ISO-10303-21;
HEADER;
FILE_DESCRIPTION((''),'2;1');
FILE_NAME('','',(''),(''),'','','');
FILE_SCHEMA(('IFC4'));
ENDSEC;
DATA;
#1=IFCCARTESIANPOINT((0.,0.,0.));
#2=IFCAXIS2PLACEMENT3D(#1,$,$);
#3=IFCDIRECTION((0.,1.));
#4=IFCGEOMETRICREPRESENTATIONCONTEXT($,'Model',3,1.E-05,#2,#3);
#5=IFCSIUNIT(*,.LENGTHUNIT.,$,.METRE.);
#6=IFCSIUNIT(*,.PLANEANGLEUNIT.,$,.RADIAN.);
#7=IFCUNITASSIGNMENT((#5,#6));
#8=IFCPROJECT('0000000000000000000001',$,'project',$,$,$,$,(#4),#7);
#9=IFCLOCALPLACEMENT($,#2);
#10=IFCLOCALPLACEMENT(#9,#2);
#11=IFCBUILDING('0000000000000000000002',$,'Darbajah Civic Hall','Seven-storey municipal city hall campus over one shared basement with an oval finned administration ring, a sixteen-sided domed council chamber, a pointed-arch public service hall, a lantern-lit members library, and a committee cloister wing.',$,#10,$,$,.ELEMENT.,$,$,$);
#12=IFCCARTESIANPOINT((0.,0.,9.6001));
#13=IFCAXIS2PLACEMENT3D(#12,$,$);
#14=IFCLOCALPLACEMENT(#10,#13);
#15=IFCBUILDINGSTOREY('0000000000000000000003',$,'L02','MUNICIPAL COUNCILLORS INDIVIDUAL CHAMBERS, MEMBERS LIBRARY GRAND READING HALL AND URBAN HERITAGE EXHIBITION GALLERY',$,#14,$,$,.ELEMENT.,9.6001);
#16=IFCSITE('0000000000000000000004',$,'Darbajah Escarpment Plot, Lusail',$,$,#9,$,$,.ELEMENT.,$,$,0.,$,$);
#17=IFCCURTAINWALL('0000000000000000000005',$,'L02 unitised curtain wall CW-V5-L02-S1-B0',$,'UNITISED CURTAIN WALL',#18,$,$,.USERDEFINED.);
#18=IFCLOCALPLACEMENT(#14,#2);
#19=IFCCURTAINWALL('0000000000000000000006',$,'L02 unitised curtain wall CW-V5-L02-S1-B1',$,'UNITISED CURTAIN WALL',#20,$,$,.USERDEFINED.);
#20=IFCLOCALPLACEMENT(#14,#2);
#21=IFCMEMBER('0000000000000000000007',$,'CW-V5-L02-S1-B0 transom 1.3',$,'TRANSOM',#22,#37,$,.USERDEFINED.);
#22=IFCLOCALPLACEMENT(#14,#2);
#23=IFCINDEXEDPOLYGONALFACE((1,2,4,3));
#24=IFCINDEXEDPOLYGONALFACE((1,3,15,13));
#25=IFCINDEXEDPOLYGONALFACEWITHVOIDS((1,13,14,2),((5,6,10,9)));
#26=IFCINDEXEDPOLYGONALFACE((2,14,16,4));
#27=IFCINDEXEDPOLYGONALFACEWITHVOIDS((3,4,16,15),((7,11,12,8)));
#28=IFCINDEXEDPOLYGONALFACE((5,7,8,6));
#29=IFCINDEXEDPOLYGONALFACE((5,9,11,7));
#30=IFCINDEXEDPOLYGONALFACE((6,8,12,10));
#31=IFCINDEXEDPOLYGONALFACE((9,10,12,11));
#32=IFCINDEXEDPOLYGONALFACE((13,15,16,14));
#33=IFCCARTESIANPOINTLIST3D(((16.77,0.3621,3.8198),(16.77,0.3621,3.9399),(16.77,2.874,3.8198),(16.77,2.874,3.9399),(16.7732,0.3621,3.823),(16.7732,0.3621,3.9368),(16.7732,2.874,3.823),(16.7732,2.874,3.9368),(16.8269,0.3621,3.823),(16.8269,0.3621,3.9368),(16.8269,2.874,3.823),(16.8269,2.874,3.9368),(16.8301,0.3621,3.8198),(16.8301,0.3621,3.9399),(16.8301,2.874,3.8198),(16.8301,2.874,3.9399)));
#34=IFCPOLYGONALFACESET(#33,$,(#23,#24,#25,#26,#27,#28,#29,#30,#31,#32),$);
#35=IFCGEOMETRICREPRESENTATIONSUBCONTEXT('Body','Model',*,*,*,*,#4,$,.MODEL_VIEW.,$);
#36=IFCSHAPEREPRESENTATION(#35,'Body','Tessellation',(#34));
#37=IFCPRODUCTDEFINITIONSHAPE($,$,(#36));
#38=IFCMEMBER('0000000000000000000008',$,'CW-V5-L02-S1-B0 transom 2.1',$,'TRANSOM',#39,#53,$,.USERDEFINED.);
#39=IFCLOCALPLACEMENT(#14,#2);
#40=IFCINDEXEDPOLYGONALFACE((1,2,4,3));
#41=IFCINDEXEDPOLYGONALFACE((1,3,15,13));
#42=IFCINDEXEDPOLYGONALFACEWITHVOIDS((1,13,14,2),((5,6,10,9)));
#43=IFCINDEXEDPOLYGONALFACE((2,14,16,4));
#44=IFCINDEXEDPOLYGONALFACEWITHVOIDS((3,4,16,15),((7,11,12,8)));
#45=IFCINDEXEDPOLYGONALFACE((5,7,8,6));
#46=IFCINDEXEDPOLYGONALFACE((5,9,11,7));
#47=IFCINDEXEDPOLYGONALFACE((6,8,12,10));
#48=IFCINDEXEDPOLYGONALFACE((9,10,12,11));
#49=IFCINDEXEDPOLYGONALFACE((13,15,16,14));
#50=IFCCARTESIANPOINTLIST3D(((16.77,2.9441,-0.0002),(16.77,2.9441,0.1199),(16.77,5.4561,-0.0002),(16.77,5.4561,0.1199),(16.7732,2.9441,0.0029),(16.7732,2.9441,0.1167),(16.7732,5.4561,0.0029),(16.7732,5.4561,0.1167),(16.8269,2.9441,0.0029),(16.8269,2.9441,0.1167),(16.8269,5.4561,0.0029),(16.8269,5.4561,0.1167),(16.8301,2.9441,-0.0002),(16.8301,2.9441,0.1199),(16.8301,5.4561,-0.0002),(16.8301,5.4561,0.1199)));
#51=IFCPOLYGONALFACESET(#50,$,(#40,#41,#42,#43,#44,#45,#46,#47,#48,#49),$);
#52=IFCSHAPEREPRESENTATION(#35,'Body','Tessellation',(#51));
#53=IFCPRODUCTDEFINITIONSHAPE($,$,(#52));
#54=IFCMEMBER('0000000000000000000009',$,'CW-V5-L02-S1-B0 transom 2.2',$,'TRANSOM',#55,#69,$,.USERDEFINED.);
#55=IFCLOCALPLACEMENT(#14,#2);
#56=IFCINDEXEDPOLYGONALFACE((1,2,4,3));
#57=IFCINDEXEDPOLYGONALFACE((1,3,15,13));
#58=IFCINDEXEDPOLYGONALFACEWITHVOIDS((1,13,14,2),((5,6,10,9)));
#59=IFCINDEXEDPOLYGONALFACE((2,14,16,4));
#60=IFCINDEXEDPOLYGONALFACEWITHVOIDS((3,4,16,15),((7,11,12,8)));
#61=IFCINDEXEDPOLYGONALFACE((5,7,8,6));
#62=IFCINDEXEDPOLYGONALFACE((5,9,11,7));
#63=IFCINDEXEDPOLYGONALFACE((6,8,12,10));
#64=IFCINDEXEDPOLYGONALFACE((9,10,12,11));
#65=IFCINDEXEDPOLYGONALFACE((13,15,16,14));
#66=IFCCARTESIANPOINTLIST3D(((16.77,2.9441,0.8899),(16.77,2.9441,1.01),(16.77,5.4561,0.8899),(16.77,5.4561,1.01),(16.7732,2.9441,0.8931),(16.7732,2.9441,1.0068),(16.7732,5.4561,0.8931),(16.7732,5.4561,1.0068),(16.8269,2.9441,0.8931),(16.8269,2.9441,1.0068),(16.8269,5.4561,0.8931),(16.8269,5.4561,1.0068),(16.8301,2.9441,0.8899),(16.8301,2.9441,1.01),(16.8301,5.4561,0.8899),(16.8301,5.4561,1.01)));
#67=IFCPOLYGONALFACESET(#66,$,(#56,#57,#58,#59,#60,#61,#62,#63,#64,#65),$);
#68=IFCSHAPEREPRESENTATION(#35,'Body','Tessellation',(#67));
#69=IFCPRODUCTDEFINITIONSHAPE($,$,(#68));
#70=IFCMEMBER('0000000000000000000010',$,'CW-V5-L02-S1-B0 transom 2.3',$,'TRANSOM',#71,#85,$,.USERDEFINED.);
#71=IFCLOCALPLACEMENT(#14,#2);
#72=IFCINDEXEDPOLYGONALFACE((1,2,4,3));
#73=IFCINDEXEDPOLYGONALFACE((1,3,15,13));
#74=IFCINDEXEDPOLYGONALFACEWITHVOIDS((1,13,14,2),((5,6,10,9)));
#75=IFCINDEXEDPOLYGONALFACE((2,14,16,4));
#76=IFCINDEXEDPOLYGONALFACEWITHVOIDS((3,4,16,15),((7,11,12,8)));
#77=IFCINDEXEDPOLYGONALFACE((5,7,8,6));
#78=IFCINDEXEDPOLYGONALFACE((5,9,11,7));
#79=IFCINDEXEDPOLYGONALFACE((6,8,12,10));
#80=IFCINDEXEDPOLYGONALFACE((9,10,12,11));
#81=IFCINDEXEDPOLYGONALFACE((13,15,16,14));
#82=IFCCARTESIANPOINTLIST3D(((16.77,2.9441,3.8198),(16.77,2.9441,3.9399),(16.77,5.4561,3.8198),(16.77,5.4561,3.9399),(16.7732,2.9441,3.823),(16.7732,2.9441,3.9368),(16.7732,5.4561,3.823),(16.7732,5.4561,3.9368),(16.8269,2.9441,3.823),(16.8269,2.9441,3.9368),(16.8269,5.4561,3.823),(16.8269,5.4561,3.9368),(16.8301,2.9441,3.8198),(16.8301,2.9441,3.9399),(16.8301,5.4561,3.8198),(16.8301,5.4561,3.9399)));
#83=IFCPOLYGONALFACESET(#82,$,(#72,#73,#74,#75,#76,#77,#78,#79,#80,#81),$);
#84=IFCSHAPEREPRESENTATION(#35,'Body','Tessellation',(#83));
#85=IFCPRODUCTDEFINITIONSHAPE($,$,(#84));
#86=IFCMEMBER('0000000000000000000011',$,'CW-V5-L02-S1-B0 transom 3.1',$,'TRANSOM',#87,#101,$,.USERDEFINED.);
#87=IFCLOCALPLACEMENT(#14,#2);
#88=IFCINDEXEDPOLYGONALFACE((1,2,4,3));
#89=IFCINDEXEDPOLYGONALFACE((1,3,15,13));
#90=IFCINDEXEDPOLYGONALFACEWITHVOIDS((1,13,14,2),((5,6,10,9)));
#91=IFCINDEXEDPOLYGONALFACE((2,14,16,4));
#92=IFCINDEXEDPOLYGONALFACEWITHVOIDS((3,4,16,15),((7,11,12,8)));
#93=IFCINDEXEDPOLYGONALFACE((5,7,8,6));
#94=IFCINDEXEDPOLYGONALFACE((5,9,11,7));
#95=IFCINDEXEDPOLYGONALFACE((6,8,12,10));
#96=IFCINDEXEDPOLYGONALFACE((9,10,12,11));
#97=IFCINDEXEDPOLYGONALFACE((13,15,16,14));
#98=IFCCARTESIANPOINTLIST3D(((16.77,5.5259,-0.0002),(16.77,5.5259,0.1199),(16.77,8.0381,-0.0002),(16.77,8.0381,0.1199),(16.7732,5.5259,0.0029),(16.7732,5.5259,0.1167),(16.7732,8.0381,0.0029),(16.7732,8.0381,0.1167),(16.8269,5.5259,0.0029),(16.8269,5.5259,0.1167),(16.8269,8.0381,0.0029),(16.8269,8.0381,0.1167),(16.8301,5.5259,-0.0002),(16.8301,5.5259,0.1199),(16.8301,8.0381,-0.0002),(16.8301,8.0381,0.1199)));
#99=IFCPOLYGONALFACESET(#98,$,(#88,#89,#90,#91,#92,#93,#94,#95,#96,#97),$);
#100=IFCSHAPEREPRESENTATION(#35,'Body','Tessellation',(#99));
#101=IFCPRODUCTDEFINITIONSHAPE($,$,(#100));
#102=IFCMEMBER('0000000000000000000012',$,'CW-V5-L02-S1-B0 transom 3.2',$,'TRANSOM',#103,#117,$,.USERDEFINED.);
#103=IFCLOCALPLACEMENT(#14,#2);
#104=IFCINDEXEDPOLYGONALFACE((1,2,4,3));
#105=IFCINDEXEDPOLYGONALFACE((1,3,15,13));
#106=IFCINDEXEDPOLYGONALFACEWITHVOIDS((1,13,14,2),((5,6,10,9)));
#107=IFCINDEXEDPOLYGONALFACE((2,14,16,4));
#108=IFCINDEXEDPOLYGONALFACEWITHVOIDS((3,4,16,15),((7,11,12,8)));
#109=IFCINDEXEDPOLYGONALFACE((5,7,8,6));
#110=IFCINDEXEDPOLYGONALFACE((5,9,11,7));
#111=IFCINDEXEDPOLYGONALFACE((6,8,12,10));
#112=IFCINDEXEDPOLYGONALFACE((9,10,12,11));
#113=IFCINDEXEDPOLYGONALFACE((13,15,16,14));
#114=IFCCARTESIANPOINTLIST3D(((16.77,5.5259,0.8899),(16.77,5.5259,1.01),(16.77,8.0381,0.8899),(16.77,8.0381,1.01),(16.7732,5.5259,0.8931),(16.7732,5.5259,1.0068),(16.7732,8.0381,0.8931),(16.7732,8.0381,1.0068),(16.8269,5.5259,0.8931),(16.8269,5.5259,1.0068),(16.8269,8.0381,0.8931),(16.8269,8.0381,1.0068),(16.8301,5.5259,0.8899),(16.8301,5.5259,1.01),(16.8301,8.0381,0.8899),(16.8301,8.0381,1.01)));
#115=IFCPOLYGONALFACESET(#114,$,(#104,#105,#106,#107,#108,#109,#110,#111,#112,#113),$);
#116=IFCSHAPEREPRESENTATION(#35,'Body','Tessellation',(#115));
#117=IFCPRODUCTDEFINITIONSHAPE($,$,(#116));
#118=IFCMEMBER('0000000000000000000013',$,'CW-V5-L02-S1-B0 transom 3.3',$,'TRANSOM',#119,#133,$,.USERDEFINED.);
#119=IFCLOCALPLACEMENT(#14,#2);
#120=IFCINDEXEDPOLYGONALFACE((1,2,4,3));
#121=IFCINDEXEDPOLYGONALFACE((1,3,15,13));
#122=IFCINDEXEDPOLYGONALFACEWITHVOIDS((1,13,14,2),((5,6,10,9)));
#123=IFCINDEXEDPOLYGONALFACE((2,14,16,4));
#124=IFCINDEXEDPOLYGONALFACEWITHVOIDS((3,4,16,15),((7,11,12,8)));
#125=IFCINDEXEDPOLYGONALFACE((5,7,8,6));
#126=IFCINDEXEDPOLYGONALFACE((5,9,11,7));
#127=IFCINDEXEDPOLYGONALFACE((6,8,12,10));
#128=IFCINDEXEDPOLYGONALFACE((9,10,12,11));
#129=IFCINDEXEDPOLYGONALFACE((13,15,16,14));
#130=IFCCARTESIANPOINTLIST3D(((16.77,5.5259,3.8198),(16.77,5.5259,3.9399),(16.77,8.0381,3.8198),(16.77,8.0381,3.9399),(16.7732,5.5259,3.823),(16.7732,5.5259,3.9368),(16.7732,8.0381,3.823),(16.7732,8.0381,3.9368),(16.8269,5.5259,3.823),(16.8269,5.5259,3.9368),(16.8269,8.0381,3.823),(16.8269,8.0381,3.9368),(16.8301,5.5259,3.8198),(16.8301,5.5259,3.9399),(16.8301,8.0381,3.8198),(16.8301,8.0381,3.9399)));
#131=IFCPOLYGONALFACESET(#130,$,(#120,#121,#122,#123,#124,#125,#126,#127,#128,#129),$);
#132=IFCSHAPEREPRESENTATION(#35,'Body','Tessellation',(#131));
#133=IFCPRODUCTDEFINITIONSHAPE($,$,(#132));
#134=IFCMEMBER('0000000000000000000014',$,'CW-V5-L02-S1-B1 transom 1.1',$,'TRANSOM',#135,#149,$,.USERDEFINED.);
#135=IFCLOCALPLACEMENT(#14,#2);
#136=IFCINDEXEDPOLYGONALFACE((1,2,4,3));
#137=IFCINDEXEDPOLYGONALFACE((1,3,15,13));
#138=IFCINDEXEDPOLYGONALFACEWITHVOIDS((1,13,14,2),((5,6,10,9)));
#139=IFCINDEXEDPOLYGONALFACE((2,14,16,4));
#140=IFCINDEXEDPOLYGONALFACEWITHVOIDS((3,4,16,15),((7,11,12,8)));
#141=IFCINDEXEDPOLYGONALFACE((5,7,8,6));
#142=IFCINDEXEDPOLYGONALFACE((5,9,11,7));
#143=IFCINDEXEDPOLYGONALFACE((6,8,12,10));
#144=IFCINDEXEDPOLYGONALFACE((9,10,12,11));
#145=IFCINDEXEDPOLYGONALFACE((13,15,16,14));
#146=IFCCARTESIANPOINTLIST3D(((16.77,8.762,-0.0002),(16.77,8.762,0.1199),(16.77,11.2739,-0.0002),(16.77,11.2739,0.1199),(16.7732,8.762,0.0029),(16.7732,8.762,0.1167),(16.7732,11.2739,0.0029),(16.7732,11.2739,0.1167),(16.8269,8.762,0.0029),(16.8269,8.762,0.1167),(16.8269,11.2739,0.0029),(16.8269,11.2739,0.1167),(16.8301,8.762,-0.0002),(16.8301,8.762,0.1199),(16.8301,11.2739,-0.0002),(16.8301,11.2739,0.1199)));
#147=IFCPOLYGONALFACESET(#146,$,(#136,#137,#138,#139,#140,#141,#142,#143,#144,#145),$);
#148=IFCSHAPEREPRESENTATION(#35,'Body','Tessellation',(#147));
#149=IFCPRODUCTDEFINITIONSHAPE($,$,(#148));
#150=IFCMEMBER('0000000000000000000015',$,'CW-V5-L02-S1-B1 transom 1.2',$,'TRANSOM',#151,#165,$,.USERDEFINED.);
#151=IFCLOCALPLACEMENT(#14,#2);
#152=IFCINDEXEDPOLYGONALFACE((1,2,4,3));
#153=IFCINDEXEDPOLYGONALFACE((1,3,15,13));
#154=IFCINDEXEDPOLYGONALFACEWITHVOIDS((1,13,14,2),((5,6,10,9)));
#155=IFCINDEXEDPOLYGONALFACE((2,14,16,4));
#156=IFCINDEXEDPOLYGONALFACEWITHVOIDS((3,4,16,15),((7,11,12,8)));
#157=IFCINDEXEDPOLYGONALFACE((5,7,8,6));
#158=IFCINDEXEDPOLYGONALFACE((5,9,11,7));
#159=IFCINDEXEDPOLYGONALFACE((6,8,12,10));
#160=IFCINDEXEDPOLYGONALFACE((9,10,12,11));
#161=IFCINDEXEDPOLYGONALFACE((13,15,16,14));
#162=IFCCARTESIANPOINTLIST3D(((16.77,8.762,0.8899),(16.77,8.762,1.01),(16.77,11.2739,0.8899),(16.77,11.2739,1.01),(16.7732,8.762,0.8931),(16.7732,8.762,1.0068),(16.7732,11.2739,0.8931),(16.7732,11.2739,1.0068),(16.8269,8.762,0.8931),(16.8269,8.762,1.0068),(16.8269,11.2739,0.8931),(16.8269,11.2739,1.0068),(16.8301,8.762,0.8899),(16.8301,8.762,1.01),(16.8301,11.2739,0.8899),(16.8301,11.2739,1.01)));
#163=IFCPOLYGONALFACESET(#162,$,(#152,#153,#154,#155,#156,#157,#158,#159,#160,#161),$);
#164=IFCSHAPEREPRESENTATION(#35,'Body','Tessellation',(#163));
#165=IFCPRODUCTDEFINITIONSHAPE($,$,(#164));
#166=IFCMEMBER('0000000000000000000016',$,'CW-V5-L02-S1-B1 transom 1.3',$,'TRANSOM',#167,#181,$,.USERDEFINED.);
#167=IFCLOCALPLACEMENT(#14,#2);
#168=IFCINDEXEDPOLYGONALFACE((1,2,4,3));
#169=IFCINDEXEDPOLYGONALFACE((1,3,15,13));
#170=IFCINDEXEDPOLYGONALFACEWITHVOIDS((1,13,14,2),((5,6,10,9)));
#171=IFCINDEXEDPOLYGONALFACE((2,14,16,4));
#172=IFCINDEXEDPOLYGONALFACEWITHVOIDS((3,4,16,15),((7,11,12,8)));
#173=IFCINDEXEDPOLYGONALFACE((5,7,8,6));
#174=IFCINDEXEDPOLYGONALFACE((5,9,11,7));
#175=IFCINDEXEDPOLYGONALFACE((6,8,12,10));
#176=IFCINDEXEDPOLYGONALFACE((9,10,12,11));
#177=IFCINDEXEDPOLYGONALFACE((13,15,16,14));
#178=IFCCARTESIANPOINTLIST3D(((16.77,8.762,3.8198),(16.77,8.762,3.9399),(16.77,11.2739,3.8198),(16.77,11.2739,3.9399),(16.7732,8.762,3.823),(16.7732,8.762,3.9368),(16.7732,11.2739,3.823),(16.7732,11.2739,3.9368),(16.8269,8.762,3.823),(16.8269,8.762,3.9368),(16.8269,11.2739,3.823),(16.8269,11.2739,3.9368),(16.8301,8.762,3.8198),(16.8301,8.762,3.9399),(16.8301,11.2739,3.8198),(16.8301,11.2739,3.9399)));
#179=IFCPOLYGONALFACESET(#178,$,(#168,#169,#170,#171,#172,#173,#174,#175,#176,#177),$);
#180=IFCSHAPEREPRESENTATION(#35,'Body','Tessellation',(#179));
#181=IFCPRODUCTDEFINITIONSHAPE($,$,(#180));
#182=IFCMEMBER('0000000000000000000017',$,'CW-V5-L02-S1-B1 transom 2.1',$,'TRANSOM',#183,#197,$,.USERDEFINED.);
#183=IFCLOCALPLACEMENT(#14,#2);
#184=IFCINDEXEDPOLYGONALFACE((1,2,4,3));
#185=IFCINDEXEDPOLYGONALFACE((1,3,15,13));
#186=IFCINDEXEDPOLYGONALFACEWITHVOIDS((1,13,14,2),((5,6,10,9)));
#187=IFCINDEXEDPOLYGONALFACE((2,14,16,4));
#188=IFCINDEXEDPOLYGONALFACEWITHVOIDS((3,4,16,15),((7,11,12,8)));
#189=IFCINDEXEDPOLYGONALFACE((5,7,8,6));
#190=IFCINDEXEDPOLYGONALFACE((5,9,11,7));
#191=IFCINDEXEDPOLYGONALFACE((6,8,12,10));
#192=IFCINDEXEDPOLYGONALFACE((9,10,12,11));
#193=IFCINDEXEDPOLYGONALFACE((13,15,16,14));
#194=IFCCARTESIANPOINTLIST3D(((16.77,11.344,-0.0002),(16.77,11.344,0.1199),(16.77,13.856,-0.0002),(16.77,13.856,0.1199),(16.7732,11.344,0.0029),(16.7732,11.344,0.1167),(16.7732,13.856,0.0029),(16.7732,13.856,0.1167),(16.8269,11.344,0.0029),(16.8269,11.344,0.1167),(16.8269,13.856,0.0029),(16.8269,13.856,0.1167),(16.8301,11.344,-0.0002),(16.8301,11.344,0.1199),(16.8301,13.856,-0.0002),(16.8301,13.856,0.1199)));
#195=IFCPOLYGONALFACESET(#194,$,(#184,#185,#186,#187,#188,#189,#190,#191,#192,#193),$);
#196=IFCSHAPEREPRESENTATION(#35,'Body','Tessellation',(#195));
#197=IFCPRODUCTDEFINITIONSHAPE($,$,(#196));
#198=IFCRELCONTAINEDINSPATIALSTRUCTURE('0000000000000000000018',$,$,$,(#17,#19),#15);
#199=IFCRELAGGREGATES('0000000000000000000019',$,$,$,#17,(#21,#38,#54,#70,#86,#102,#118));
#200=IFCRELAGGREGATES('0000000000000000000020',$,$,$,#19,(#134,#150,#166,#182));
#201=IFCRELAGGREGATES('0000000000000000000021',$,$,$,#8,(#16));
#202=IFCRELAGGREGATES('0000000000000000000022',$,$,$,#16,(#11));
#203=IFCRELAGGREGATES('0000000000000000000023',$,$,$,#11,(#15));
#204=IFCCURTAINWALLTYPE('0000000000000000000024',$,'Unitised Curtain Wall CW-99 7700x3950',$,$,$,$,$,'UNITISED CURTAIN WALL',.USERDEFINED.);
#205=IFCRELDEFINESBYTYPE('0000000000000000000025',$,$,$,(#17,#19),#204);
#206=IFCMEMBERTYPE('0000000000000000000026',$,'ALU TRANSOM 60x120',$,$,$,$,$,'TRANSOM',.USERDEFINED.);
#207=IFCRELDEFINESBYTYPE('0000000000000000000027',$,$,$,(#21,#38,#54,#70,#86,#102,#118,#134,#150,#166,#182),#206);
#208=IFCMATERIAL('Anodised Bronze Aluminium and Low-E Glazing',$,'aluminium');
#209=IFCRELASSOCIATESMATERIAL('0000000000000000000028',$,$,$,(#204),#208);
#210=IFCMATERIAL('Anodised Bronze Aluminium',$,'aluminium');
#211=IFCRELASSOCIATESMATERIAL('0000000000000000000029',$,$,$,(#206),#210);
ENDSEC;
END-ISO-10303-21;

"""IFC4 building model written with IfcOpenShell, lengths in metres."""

from ifc_helpers import new_model, si_unit, direction, frame, origin, origin_2d, place, context, subcontext, project, spatial, hollow_rectangle, extrude, material, material_profile, profile_set, type_object, element, aggregate, save


model = new_model("IFC4")

# Units and contexts
model_context = context("Model", 3, precision=1e-05, world=origin(), true_north=direction((0.0, 1.0)))
body_context = subcontext(model_context, "Body", "Model", "MODEL_VIEW")
ifc_project = project(units=[si_unit("LENGTHUNIT", "METRE"), si_unit("PLANEANGLEUNIT", "RADIAN")], contexts=[model_context])

# Site, building, storey
site_placement = place(None, origin())
site = spatial("IfcSite", under=ifc_project, at=site_placement, Name="Darbajah Escarpment Plot, Lusail", CompositionType="ELEMENT", RefElevation=0.0)
building_placement = place(site_placement, origin())
building = spatial("IfcBuilding", under=site, at=building_placement, Name="Darbajah Civic Hall", Description="Seven-storey municipal city hall campus over one shared basement with an oval finned administration ring, a sixteen-sided domed council chamber, a pointed-arch public service hall, a lantern-lit members library, and a committee cloister wing.", CompositionType="ELEMENT")
storey_placement = place(building_placement, frame((0.0, 0.0, 9.6001)))
storey = spatial("IfcBuildingStorey", under=building, at=storey_placement, Name="L02", Description="MUNICIPAL COUNCILLORS INDIVIDUAL CHAMBERS, MEMBERS LIBRARY GRAND READING HALL AND URBAN HERITAGE EXHIBITION GALLERY", CompositionType="ELEMENT", Elevation=9.6001)

# Curtain walls
ifc_material_1 = material(Name="Anodised Bronze Aluminium and Low-E Glazing", Category="aluminium")
curtain_wall_type = type_object("IfcCurtainWallType", Name="Unitised Curtain Wall CW-99 7700x3950", ElementType="UNITISED CURTAIN WALL", PredefinedType="USERDEFINED", material=ifc_material_1)
curtain_wall_1_placement = place(storey_placement, origin())
curtain_wall_1 = element("IfcCurtainWall", 1, at=curtain_wall_1_placement, inside=storey, type_object=curtain_wall_type, Name="L02 unitised curtain wall CW-V5-L02-S1-B0", ObjectType="UNITISED CURTAIN WALL", PredefinedType="USERDEFINED")
ifc_material_2 = material(Name="Anodised Bronze Aluminium", Category="aluminium")
curtain_wall_2_placement = place(storey_placement, origin())
curtain_wall_2 = element("IfcCurtainWall", 2, at=curtain_wall_2_placement, inside=storey, type_object=curtain_wall_type, Name="L02 unitised curtain wall CW-V5-L02-S1-B1", ObjectType="UNITISED CURTAIN WALL", PredefinedType="USERDEFINED")

# Members
ifc_material_profile_1 = material_profile(ifc_material_2, hollow_rectangle(XDim=0.0601, YDim=0.1201, WallThickness=0.0032, at=origin_2d()), Name="ALU TRANSOM 60x120")
ifc_profile_set_1 = profile_set([ifc_material_profile_1], Name="Anodised Bronze Aluminium")
member_type_1 = type_object("IfcMemberType", Name="ALU TRANSOM 60x120", ElementType="TRANSOM", PredefinedType="USERDEFINED", material=ifc_profile_set_1)
member_1_placement = place(storey_placement, frame((16.8, 0.3621, 3.8799), z_axis=(0.0, 1.0, 0.0), x_axis=(-1.0, 0.0, 0.0)))
member_1 = element("IfcMember", 3, at=member_1_placement, type_object=member_type_1, Name="CW-V5-L02-S1-B0 transom 1.3", ObjectType="TRANSOM", PredefinedType="USERDEFINED", context=body_context, shape_type="SweptSolid", body=[
    extrude(hollow_rectangle(XDim=0.0601, YDim=0.1201, WallThickness=0.0032, at=origin_2d()), origin(), (0.0, 0.0, 1.0), 2.512),
])
member_2_placement = place(storey_placement, frame((16.8, 2.9441, 0.0598), z_axis=(0.0, 1.0, 0.0), x_axis=(-1.0, 0.0, 0.0)))
member_2 = element("IfcMember", 4, at=member_2_placement, type_object=member_type_1, Name="CW-V5-L02-S1-B0 transom 2.1", ObjectType="TRANSOM", PredefinedType="USERDEFINED", context=body_context, shape_type="SweptSolid", body=[
    extrude(hollow_rectangle(XDim=0.0601, YDim=0.1201, WallThickness=0.0032, at=origin_2d()), origin(), (0.0, 0.0, 1.0), 2.512),
])
member_3_placement = place(storey_placement, frame((16.8, 2.9441, 0.95), z_axis=(0.0, 1.0, 0.0), x_axis=(-1.0, 0.0, 0.0)))
member_3 = element("IfcMember", 5, at=member_3_placement, type_object=member_type_1, Name="CW-V5-L02-S1-B0 transom 2.2", ObjectType="TRANSOM", PredefinedType="USERDEFINED", context=body_context, shape_type="SweptSolid", body=[
    extrude(hollow_rectangle(XDim=0.0601, YDim=0.1201, WallThickness=0.0032, at=origin_2d()), origin(), (0.0, 0.0, 1.0), 2.512),
])
member_4_placement = place(storey_placement, frame((16.8, 2.9441, 3.8799), z_axis=(0.0, 1.0, 0.0), x_axis=(-1.0, 0.0, 0.0)))
member_4 = element("IfcMember", 6, at=member_4_placement, type_object=member_type_1, Name="CW-V5-L02-S1-B0 transom 2.3", ObjectType="TRANSOM", PredefinedType="USERDEFINED", context=body_context, shape_type="SweptSolid", body=[
    extrude(hollow_rectangle(XDim=0.0601, YDim=0.1201, WallThickness=0.0032, at=origin_2d()), origin(), (0.0, 0.0, 1.0), 2.512),
])
member_5_placement = place(storey_placement, frame((16.8, 5.5259, 0.0598), z_axis=(0.0, 1.0, 0.0), x_axis=(-1.0, 0.0, 0.0)))
member_5 = element("IfcMember", 7, at=member_5_placement, type_object=member_type_1, Name="CW-V5-L02-S1-B0 transom 3.1", ObjectType="TRANSOM", PredefinedType="USERDEFINED", context=body_context, shape_type="SweptSolid", body=[
    extrude(hollow_rectangle(XDim=0.0601, YDim=0.1201, WallThickness=0.0032, at=origin_2d()), origin(), (0.0, 0.0, 1.0), 2.5122),
])
member_6_placement = place(storey_placement, frame((16.8, 5.5259, 0.95), z_axis=(0.0, 1.0, 0.0), x_axis=(-1.0, 0.0, 0.0)))
member_6 = element("IfcMember", 8, at=member_6_placement, type_object=member_type_1, Name="CW-V5-L02-S1-B0 transom 3.2", ObjectType="TRANSOM", PredefinedType="USERDEFINED", context=body_context, shape_type="SweptSolid", body=[
    extrude(hollow_rectangle(XDim=0.0601, YDim=0.1201, WallThickness=0.0032, at=origin_2d()), origin(), (0.0, 0.0, 1.0), 2.5122),
])
member_7_placement = place(storey_placement, frame((16.8, 5.5259, 3.8799), z_axis=(0.0, 1.0, 0.0), x_axis=(-1.0, 0.0, 0.0)))
member_7 = element("IfcMember", 9, at=member_7_placement, type_object=member_type_1, Name="CW-V5-L02-S1-B0 transom 3.3", ObjectType="TRANSOM", PredefinedType="USERDEFINED", context=body_context, shape_type="SweptSolid", body=[
    extrude(hollow_rectangle(XDim=0.0601, YDim=0.1201, WallThickness=0.0032, at=origin_2d()), origin(), (0.0, 0.0, 1.0), 2.5122),
])
member_8_placement = place(storey_placement, frame((16.8, 8.762, 0.0598), z_axis=(0.0, 1.0, 0.0), x_axis=(-1.0, 0.0, 0.0)))
member_8 = element("IfcMember", 10, at=member_8_placement, type_object=member_type_1, Name="CW-V5-L02-S1-B1 transom 1.1", ObjectType="TRANSOM", PredefinedType="USERDEFINED", context=body_context, shape_type="SweptSolid", body=[
    extrude(hollow_rectangle(XDim=0.0601, YDim=0.1201, WallThickness=0.0032, at=origin_2d()), origin(), (0.0, 0.0, 1.0), 2.512),
])
member_9_placement = place(storey_placement, frame((16.8, 8.762, 0.95), z_axis=(0.0, 1.0, 0.0), x_axis=(-1.0, 0.0, 0.0)))
member_9 = element("IfcMember", 11, at=member_9_placement, type_object=member_type_1, Name="CW-V5-L02-S1-B1 transom 1.2", ObjectType="TRANSOM", PredefinedType="USERDEFINED", context=body_context, shape_type="SweptSolid", body=[
    extrude(hollow_rectangle(XDim=0.0601, YDim=0.1201, WallThickness=0.0032, at=origin_2d()), origin(), (0.0, 0.0, 1.0), 2.512),
])
member_10_placement = place(storey_placement, frame((16.8, 8.762, 3.8799), z_axis=(0.0, 1.0, 0.0), x_axis=(-1.0, 0.0, 0.0)))
member_10 = element("IfcMember", 12, at=member_10_placement, type_object=member_type_1, Name="CW-V5-L02-S1-B1 transom 1.3", ObjectType="TRANSOM", PredefinedType="USERDEFINED", context=body_context, shape_type="SweptSolid", body=[
    extrude(hollow_rectangle(XDim=0.0601, YDim=0.1201, WallThickness=0.0032, at=origin_2d()), origin(), (0.0, 0.0, 1.0), 2.512),
])
member_11_placement = place(storey_placement, frame((16.8, 11.344, 0.0598), z_axis=(0.0, 1.0, 0.0), x_axis=(-1.0, 0.0, 0.0)))
member_11 = element("IfcMember", 13, at=member_11_placement, type_object=member_type_1, Name="CW-V5-L02-S1-B1 transom 2.1", ObjectType="TRANSOM", PredefinedType="USERDEFINED", context=body_context, shape_type="SweptSolid", body=[
    extrude(hollow_rectangle(XDim=0.0601, YDim=0.1201, WallThickness=0.0032, at=origin_2d()), origin(), (0.0, 0.0, 1.0), 2.512),
])

aggregate(curtain_wall_1, [member_1, member_2, member_3, member_4, member_5, member_6, member_7])
aggregate(curtain_wall_2, [member_8, member_9, member_10, member_11])

save(model, "model.ifc")
